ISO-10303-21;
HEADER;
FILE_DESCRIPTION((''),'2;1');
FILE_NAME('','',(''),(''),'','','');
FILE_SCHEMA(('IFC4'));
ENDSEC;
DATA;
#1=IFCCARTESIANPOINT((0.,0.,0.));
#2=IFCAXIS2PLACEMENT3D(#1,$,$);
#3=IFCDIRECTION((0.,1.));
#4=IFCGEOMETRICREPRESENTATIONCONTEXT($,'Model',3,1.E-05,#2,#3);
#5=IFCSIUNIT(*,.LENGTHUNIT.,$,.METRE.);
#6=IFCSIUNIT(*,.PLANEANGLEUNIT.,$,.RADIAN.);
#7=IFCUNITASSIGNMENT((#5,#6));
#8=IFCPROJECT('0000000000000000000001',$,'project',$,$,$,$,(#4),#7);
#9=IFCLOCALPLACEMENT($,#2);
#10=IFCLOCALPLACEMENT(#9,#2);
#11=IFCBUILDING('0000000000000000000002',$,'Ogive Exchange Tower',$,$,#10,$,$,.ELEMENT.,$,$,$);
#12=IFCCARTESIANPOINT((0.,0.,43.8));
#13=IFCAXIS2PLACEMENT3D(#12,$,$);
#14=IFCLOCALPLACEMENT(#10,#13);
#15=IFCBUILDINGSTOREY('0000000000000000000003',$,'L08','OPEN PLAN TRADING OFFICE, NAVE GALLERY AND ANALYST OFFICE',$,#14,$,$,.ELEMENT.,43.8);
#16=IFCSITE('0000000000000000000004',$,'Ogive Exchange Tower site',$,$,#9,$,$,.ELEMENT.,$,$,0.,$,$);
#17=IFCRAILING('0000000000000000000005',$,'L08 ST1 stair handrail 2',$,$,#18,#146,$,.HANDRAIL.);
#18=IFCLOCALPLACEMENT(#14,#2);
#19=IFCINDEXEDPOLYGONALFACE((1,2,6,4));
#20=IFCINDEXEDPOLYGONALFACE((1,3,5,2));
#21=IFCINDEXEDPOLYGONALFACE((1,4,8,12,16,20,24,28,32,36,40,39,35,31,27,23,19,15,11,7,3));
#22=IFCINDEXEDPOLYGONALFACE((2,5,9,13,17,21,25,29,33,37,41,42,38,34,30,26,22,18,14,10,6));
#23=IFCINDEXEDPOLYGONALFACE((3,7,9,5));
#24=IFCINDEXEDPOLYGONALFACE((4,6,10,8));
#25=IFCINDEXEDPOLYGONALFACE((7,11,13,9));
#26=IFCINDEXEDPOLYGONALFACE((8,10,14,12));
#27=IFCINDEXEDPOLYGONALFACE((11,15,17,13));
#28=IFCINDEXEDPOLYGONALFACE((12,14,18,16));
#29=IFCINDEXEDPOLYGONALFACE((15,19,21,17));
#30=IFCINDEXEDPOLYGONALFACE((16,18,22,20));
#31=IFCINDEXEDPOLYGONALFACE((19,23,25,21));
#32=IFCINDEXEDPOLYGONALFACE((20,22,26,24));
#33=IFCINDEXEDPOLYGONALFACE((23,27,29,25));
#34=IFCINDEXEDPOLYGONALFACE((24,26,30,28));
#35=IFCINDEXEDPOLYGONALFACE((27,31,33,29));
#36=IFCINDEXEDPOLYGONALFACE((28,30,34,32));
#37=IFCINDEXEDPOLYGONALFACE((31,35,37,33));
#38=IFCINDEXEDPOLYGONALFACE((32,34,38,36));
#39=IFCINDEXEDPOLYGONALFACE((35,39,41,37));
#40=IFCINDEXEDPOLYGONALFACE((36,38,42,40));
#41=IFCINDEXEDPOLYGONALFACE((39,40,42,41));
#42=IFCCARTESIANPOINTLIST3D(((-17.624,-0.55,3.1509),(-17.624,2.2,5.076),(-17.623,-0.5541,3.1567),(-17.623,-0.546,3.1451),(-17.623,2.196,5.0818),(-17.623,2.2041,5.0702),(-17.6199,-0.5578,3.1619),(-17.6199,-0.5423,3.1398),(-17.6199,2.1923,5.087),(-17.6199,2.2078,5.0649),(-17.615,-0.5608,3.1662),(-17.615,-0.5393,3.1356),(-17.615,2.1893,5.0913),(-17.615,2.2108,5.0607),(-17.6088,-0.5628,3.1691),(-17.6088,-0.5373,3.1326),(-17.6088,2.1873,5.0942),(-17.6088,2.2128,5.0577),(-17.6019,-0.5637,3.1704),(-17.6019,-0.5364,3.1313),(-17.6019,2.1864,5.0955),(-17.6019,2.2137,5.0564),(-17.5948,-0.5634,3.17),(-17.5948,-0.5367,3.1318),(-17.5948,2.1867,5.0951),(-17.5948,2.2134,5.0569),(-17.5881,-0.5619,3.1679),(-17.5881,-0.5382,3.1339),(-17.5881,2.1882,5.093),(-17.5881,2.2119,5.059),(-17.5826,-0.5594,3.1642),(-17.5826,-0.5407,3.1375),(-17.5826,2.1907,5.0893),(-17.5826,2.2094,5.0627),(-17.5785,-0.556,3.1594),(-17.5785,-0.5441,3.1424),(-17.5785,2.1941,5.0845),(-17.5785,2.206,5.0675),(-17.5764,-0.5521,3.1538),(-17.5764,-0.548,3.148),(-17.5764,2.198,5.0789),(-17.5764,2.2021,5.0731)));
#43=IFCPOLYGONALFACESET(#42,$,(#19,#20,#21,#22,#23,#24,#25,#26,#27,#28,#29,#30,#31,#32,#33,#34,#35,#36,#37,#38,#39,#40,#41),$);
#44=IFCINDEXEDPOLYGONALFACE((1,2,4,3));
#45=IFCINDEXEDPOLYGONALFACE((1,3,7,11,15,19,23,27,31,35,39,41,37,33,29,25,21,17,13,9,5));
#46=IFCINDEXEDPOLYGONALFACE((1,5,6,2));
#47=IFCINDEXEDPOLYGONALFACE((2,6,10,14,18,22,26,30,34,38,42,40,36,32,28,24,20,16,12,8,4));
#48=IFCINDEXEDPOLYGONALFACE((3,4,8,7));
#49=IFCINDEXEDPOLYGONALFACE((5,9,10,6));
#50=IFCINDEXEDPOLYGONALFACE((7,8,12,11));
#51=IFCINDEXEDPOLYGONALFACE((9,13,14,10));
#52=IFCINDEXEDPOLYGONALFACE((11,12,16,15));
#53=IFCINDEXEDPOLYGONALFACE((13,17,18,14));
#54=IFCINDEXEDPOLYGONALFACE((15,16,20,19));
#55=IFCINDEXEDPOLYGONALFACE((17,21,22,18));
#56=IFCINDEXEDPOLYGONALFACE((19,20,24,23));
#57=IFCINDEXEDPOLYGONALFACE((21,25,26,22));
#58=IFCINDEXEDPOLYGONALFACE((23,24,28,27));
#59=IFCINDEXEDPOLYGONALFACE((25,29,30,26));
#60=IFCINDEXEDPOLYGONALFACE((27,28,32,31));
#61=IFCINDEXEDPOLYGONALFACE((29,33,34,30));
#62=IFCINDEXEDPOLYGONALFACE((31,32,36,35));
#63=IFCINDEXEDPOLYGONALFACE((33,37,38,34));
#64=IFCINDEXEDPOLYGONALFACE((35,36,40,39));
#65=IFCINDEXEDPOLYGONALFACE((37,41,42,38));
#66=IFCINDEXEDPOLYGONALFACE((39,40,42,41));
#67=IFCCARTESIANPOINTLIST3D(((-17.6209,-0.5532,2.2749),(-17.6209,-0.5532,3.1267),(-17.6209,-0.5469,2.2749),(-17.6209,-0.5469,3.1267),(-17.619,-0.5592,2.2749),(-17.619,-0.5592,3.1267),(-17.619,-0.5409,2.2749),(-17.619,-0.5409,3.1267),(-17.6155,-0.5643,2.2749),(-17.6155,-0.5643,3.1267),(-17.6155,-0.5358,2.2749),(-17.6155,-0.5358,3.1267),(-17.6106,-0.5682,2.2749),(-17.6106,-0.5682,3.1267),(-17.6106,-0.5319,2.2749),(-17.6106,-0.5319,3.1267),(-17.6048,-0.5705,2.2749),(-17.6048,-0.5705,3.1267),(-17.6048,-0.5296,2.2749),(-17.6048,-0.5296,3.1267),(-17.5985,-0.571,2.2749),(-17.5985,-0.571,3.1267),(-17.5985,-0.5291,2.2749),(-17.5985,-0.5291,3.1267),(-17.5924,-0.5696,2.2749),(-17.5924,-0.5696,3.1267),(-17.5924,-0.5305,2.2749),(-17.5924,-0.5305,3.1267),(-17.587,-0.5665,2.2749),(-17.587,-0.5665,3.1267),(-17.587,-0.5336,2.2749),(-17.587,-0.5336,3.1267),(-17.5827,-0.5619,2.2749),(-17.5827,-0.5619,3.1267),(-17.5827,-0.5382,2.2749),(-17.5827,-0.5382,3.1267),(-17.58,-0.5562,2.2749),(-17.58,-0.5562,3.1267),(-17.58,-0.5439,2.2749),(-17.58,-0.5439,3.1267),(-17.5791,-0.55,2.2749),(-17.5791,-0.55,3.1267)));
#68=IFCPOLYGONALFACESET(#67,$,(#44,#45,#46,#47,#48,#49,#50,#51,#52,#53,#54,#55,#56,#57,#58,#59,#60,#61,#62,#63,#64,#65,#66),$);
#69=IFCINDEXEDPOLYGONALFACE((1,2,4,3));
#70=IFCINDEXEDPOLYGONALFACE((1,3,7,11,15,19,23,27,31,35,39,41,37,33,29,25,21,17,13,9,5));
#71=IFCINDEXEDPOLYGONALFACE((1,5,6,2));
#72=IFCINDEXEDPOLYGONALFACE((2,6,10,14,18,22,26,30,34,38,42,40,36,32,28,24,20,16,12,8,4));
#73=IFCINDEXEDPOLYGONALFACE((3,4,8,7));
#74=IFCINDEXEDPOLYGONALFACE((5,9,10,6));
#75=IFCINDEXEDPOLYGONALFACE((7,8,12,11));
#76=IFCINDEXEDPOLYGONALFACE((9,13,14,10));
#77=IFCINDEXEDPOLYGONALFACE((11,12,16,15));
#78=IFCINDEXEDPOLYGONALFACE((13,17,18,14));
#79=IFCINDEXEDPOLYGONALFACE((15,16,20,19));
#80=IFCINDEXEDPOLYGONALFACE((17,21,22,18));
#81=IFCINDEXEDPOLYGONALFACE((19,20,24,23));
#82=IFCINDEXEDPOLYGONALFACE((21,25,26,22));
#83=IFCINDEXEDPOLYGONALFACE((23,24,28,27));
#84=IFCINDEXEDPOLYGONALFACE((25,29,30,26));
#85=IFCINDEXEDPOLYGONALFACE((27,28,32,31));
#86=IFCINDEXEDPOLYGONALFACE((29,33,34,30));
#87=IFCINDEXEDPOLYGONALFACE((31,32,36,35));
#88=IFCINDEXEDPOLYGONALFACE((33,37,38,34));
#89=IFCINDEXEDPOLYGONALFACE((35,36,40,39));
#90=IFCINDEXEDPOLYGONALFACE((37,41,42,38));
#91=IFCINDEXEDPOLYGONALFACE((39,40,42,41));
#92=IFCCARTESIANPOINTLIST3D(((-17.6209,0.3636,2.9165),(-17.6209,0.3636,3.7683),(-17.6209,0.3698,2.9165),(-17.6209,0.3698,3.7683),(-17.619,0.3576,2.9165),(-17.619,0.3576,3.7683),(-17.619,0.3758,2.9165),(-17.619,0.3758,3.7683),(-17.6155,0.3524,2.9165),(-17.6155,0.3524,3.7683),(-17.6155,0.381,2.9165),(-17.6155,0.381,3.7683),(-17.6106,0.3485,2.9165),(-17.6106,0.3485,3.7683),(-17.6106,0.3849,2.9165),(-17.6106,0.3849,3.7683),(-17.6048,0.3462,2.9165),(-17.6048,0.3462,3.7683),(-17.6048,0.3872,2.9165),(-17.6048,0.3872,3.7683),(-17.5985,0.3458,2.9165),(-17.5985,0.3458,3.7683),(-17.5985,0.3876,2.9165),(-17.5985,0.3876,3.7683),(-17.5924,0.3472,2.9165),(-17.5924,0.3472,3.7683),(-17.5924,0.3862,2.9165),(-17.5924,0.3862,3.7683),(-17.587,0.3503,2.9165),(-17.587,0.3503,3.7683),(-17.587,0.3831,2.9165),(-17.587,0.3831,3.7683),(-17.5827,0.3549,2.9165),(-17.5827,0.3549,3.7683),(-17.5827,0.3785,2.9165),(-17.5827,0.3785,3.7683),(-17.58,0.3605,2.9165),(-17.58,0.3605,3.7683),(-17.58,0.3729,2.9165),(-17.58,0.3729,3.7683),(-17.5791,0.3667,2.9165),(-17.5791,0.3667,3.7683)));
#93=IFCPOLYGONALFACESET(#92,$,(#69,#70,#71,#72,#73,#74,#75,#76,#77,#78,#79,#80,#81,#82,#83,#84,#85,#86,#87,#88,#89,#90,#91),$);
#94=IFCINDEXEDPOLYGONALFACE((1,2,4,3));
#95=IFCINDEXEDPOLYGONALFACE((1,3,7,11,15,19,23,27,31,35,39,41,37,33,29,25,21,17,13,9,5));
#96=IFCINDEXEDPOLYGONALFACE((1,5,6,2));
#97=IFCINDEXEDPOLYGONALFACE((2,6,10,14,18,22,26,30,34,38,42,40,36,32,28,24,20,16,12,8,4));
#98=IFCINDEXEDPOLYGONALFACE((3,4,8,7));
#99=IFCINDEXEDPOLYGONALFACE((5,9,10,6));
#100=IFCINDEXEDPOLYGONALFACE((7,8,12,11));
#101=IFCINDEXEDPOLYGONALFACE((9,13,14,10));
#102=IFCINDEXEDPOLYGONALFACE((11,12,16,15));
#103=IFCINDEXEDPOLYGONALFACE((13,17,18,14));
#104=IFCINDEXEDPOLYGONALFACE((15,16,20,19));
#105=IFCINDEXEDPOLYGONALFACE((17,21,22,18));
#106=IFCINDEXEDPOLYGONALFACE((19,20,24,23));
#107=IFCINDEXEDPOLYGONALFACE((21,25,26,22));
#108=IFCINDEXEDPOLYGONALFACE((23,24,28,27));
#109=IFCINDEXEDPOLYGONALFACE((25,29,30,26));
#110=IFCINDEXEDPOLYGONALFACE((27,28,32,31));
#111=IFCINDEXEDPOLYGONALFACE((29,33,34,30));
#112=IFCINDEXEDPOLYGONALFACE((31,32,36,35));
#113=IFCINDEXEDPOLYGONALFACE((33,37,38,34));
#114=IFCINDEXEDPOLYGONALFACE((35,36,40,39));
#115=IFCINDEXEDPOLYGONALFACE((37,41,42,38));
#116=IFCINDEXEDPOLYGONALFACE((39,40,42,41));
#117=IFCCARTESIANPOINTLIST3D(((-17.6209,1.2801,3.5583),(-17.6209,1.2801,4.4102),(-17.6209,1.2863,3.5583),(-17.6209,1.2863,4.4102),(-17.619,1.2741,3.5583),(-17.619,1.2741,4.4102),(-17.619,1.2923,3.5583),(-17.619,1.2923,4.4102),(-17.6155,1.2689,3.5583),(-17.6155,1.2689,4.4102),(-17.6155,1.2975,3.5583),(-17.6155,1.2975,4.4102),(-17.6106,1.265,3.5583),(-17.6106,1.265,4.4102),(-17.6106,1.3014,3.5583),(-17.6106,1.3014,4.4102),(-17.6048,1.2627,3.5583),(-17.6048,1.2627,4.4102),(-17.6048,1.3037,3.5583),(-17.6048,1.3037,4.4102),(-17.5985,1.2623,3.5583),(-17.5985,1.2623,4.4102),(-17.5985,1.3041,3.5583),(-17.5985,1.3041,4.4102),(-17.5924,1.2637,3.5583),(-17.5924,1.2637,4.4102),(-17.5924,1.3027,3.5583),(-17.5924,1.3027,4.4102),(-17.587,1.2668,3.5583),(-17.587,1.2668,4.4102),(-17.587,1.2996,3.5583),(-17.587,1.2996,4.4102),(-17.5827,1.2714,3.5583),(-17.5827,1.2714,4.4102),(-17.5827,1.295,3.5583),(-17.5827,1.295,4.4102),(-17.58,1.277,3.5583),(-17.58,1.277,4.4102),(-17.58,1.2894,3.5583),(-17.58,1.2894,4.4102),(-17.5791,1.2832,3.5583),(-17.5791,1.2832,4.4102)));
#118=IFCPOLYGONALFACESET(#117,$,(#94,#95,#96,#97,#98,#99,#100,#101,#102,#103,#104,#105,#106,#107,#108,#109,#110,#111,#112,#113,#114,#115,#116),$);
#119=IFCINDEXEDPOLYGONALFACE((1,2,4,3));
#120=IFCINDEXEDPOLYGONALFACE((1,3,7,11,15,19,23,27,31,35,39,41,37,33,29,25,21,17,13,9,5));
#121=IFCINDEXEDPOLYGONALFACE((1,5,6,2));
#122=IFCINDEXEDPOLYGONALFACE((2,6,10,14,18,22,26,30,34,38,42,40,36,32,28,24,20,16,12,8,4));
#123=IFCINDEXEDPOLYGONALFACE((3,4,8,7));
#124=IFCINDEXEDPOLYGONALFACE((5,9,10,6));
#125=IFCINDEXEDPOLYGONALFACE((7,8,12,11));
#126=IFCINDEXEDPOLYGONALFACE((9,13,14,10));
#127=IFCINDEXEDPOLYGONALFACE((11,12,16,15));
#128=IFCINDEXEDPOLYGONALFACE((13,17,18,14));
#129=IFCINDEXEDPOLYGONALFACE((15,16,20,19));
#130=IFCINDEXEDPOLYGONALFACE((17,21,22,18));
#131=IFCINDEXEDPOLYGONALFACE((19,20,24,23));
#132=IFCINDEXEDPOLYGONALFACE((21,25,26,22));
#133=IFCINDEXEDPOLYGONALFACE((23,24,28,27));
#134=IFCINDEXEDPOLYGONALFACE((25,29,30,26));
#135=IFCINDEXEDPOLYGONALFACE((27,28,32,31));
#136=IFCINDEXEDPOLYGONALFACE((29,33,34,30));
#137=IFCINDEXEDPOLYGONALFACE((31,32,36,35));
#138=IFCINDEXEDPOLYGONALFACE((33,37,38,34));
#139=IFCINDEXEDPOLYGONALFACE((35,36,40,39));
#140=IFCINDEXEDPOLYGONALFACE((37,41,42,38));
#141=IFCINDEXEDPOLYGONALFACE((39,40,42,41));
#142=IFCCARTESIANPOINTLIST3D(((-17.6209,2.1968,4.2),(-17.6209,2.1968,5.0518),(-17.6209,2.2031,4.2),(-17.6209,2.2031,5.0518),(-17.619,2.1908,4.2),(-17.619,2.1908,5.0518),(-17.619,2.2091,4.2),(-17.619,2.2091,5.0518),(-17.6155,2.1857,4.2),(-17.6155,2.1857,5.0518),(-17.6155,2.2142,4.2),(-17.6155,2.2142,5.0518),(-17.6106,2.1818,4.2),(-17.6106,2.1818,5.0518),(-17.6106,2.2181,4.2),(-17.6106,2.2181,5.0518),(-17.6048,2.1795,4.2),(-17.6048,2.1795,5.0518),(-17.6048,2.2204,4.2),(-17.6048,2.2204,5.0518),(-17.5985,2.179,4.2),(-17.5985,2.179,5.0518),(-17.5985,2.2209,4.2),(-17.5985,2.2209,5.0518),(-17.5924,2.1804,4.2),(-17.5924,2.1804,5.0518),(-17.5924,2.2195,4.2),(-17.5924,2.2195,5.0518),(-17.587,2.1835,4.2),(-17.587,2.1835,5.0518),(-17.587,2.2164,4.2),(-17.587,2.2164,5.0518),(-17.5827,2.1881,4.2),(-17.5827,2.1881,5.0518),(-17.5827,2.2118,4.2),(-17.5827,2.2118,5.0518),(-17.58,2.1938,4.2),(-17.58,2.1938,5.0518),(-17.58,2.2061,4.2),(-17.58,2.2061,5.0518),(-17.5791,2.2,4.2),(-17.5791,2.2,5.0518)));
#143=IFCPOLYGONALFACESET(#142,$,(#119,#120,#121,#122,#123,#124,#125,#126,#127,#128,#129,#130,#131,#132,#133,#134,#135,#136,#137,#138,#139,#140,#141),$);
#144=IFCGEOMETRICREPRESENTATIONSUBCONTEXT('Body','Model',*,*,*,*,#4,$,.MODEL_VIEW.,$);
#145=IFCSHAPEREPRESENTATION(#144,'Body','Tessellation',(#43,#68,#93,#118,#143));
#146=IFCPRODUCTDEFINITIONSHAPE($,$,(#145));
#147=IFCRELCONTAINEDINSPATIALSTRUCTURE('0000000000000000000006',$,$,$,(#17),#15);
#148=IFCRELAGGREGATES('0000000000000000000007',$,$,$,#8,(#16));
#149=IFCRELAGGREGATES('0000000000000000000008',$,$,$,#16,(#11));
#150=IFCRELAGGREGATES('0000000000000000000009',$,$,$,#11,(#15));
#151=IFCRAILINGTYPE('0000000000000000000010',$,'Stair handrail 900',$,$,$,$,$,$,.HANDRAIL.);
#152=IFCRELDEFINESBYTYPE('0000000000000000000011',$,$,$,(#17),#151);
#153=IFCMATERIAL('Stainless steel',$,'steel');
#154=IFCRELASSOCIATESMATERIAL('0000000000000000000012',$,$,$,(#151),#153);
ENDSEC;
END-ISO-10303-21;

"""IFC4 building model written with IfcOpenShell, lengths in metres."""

from ifc_helpers import new_model, si_unit, direction, frame, origin, origin_2d, place, context, subcontext, project, spatial, circle, extrude, material, type_object, element, save


model = new_model("IFC4")

# Units and contexts
model_context = context("Model", 3, precision=1e-05, world=origin(), true_north=direction((0.0, 1.0)))
body_context = subcontext(model_context, "Body", "Model", "MODEL_VIEW")
ifc_project = project(units=[si_unit("LENGTHUNIT", "METRE"), si_unit("PLANEANGLEUNIT", "RADIAN")], contexts=[model_context])

# Site, building, storey
site_placement = place(None, origin())
site = spatial("IfcSite", under=ifc_project, at=site_placement, Name="Ogive Exchange Tower site", CompositionType="ELEMENT", RefElevation=0.0)
building_placement = place(site_placement, origin())
building = spatial("IfcBuilding", under=site, at=building_placement, Name="Ogive Exchange Tower", CompositionType="ELEMENT")
storey_placement = place(building_placement, frame((0.0, 0.0, 43.8)))
storey = spatial("IfcBuildingStorey", under=building, at=storey_placement, Name="L08", Description="OPEN PLAN TRADING OFFICE, NAVE GALLERY AND ANALYST OFFICE", CompositionType="ELEMENT", Elevation=43.8)

# Shared definitions
ifc_material_1 = material(Name="Stainless steel", Category="steel")

# Railing
railing_type = type_object("IfcRailingType", Name="Stair handrail 900", PredefinedType="HANDRAIL", material=ifc_material_1)
railing_placement = place(storey_placement, frame((-17.6001, -0.55, 2.2749)))
element("IfcRailing", 1, at=railing_placement, inside=storey, type_object=railing_type, Name="L08 ST1 stair handrail 2", PredefinedType="HANDRAIL", context=body_context, shape_type="SweptSolid", body=[
    extrude(circle(Radius=0.0239, at=origin_2d()), frame((0.0, 0.0, 0.876), z_axis=(0.0, 0.819225, 0.573472), x_axis=(-1.0, 0.0, 0.0)), (0.0, 0.0, 1.0), 3.3569),
    extrude(circle(Radius=0.021, at=origin_2d()), origin(), (0.0, 0.0, 1.0), 0.8518),
    extrude(circle(Radius=0.021, at=origin_2d()), frame((0.0, 0.9167, 0.6416)), (0.0, 0.0, 1.0), 0.8518),
    extrude(circle(Radius=0.021, at=origin_2d()), frame((0.0, 1.8333, 1.2834)), (0.0, 0.0, 1.0), 0.8518),
    extrude(circle(Radius=0.021, at=origin_2d()), frame((0.0, 2.75, 1.925)), (0.0, 0.0, 1.0), 0.8518),
])

save(model, "model.ifc")
